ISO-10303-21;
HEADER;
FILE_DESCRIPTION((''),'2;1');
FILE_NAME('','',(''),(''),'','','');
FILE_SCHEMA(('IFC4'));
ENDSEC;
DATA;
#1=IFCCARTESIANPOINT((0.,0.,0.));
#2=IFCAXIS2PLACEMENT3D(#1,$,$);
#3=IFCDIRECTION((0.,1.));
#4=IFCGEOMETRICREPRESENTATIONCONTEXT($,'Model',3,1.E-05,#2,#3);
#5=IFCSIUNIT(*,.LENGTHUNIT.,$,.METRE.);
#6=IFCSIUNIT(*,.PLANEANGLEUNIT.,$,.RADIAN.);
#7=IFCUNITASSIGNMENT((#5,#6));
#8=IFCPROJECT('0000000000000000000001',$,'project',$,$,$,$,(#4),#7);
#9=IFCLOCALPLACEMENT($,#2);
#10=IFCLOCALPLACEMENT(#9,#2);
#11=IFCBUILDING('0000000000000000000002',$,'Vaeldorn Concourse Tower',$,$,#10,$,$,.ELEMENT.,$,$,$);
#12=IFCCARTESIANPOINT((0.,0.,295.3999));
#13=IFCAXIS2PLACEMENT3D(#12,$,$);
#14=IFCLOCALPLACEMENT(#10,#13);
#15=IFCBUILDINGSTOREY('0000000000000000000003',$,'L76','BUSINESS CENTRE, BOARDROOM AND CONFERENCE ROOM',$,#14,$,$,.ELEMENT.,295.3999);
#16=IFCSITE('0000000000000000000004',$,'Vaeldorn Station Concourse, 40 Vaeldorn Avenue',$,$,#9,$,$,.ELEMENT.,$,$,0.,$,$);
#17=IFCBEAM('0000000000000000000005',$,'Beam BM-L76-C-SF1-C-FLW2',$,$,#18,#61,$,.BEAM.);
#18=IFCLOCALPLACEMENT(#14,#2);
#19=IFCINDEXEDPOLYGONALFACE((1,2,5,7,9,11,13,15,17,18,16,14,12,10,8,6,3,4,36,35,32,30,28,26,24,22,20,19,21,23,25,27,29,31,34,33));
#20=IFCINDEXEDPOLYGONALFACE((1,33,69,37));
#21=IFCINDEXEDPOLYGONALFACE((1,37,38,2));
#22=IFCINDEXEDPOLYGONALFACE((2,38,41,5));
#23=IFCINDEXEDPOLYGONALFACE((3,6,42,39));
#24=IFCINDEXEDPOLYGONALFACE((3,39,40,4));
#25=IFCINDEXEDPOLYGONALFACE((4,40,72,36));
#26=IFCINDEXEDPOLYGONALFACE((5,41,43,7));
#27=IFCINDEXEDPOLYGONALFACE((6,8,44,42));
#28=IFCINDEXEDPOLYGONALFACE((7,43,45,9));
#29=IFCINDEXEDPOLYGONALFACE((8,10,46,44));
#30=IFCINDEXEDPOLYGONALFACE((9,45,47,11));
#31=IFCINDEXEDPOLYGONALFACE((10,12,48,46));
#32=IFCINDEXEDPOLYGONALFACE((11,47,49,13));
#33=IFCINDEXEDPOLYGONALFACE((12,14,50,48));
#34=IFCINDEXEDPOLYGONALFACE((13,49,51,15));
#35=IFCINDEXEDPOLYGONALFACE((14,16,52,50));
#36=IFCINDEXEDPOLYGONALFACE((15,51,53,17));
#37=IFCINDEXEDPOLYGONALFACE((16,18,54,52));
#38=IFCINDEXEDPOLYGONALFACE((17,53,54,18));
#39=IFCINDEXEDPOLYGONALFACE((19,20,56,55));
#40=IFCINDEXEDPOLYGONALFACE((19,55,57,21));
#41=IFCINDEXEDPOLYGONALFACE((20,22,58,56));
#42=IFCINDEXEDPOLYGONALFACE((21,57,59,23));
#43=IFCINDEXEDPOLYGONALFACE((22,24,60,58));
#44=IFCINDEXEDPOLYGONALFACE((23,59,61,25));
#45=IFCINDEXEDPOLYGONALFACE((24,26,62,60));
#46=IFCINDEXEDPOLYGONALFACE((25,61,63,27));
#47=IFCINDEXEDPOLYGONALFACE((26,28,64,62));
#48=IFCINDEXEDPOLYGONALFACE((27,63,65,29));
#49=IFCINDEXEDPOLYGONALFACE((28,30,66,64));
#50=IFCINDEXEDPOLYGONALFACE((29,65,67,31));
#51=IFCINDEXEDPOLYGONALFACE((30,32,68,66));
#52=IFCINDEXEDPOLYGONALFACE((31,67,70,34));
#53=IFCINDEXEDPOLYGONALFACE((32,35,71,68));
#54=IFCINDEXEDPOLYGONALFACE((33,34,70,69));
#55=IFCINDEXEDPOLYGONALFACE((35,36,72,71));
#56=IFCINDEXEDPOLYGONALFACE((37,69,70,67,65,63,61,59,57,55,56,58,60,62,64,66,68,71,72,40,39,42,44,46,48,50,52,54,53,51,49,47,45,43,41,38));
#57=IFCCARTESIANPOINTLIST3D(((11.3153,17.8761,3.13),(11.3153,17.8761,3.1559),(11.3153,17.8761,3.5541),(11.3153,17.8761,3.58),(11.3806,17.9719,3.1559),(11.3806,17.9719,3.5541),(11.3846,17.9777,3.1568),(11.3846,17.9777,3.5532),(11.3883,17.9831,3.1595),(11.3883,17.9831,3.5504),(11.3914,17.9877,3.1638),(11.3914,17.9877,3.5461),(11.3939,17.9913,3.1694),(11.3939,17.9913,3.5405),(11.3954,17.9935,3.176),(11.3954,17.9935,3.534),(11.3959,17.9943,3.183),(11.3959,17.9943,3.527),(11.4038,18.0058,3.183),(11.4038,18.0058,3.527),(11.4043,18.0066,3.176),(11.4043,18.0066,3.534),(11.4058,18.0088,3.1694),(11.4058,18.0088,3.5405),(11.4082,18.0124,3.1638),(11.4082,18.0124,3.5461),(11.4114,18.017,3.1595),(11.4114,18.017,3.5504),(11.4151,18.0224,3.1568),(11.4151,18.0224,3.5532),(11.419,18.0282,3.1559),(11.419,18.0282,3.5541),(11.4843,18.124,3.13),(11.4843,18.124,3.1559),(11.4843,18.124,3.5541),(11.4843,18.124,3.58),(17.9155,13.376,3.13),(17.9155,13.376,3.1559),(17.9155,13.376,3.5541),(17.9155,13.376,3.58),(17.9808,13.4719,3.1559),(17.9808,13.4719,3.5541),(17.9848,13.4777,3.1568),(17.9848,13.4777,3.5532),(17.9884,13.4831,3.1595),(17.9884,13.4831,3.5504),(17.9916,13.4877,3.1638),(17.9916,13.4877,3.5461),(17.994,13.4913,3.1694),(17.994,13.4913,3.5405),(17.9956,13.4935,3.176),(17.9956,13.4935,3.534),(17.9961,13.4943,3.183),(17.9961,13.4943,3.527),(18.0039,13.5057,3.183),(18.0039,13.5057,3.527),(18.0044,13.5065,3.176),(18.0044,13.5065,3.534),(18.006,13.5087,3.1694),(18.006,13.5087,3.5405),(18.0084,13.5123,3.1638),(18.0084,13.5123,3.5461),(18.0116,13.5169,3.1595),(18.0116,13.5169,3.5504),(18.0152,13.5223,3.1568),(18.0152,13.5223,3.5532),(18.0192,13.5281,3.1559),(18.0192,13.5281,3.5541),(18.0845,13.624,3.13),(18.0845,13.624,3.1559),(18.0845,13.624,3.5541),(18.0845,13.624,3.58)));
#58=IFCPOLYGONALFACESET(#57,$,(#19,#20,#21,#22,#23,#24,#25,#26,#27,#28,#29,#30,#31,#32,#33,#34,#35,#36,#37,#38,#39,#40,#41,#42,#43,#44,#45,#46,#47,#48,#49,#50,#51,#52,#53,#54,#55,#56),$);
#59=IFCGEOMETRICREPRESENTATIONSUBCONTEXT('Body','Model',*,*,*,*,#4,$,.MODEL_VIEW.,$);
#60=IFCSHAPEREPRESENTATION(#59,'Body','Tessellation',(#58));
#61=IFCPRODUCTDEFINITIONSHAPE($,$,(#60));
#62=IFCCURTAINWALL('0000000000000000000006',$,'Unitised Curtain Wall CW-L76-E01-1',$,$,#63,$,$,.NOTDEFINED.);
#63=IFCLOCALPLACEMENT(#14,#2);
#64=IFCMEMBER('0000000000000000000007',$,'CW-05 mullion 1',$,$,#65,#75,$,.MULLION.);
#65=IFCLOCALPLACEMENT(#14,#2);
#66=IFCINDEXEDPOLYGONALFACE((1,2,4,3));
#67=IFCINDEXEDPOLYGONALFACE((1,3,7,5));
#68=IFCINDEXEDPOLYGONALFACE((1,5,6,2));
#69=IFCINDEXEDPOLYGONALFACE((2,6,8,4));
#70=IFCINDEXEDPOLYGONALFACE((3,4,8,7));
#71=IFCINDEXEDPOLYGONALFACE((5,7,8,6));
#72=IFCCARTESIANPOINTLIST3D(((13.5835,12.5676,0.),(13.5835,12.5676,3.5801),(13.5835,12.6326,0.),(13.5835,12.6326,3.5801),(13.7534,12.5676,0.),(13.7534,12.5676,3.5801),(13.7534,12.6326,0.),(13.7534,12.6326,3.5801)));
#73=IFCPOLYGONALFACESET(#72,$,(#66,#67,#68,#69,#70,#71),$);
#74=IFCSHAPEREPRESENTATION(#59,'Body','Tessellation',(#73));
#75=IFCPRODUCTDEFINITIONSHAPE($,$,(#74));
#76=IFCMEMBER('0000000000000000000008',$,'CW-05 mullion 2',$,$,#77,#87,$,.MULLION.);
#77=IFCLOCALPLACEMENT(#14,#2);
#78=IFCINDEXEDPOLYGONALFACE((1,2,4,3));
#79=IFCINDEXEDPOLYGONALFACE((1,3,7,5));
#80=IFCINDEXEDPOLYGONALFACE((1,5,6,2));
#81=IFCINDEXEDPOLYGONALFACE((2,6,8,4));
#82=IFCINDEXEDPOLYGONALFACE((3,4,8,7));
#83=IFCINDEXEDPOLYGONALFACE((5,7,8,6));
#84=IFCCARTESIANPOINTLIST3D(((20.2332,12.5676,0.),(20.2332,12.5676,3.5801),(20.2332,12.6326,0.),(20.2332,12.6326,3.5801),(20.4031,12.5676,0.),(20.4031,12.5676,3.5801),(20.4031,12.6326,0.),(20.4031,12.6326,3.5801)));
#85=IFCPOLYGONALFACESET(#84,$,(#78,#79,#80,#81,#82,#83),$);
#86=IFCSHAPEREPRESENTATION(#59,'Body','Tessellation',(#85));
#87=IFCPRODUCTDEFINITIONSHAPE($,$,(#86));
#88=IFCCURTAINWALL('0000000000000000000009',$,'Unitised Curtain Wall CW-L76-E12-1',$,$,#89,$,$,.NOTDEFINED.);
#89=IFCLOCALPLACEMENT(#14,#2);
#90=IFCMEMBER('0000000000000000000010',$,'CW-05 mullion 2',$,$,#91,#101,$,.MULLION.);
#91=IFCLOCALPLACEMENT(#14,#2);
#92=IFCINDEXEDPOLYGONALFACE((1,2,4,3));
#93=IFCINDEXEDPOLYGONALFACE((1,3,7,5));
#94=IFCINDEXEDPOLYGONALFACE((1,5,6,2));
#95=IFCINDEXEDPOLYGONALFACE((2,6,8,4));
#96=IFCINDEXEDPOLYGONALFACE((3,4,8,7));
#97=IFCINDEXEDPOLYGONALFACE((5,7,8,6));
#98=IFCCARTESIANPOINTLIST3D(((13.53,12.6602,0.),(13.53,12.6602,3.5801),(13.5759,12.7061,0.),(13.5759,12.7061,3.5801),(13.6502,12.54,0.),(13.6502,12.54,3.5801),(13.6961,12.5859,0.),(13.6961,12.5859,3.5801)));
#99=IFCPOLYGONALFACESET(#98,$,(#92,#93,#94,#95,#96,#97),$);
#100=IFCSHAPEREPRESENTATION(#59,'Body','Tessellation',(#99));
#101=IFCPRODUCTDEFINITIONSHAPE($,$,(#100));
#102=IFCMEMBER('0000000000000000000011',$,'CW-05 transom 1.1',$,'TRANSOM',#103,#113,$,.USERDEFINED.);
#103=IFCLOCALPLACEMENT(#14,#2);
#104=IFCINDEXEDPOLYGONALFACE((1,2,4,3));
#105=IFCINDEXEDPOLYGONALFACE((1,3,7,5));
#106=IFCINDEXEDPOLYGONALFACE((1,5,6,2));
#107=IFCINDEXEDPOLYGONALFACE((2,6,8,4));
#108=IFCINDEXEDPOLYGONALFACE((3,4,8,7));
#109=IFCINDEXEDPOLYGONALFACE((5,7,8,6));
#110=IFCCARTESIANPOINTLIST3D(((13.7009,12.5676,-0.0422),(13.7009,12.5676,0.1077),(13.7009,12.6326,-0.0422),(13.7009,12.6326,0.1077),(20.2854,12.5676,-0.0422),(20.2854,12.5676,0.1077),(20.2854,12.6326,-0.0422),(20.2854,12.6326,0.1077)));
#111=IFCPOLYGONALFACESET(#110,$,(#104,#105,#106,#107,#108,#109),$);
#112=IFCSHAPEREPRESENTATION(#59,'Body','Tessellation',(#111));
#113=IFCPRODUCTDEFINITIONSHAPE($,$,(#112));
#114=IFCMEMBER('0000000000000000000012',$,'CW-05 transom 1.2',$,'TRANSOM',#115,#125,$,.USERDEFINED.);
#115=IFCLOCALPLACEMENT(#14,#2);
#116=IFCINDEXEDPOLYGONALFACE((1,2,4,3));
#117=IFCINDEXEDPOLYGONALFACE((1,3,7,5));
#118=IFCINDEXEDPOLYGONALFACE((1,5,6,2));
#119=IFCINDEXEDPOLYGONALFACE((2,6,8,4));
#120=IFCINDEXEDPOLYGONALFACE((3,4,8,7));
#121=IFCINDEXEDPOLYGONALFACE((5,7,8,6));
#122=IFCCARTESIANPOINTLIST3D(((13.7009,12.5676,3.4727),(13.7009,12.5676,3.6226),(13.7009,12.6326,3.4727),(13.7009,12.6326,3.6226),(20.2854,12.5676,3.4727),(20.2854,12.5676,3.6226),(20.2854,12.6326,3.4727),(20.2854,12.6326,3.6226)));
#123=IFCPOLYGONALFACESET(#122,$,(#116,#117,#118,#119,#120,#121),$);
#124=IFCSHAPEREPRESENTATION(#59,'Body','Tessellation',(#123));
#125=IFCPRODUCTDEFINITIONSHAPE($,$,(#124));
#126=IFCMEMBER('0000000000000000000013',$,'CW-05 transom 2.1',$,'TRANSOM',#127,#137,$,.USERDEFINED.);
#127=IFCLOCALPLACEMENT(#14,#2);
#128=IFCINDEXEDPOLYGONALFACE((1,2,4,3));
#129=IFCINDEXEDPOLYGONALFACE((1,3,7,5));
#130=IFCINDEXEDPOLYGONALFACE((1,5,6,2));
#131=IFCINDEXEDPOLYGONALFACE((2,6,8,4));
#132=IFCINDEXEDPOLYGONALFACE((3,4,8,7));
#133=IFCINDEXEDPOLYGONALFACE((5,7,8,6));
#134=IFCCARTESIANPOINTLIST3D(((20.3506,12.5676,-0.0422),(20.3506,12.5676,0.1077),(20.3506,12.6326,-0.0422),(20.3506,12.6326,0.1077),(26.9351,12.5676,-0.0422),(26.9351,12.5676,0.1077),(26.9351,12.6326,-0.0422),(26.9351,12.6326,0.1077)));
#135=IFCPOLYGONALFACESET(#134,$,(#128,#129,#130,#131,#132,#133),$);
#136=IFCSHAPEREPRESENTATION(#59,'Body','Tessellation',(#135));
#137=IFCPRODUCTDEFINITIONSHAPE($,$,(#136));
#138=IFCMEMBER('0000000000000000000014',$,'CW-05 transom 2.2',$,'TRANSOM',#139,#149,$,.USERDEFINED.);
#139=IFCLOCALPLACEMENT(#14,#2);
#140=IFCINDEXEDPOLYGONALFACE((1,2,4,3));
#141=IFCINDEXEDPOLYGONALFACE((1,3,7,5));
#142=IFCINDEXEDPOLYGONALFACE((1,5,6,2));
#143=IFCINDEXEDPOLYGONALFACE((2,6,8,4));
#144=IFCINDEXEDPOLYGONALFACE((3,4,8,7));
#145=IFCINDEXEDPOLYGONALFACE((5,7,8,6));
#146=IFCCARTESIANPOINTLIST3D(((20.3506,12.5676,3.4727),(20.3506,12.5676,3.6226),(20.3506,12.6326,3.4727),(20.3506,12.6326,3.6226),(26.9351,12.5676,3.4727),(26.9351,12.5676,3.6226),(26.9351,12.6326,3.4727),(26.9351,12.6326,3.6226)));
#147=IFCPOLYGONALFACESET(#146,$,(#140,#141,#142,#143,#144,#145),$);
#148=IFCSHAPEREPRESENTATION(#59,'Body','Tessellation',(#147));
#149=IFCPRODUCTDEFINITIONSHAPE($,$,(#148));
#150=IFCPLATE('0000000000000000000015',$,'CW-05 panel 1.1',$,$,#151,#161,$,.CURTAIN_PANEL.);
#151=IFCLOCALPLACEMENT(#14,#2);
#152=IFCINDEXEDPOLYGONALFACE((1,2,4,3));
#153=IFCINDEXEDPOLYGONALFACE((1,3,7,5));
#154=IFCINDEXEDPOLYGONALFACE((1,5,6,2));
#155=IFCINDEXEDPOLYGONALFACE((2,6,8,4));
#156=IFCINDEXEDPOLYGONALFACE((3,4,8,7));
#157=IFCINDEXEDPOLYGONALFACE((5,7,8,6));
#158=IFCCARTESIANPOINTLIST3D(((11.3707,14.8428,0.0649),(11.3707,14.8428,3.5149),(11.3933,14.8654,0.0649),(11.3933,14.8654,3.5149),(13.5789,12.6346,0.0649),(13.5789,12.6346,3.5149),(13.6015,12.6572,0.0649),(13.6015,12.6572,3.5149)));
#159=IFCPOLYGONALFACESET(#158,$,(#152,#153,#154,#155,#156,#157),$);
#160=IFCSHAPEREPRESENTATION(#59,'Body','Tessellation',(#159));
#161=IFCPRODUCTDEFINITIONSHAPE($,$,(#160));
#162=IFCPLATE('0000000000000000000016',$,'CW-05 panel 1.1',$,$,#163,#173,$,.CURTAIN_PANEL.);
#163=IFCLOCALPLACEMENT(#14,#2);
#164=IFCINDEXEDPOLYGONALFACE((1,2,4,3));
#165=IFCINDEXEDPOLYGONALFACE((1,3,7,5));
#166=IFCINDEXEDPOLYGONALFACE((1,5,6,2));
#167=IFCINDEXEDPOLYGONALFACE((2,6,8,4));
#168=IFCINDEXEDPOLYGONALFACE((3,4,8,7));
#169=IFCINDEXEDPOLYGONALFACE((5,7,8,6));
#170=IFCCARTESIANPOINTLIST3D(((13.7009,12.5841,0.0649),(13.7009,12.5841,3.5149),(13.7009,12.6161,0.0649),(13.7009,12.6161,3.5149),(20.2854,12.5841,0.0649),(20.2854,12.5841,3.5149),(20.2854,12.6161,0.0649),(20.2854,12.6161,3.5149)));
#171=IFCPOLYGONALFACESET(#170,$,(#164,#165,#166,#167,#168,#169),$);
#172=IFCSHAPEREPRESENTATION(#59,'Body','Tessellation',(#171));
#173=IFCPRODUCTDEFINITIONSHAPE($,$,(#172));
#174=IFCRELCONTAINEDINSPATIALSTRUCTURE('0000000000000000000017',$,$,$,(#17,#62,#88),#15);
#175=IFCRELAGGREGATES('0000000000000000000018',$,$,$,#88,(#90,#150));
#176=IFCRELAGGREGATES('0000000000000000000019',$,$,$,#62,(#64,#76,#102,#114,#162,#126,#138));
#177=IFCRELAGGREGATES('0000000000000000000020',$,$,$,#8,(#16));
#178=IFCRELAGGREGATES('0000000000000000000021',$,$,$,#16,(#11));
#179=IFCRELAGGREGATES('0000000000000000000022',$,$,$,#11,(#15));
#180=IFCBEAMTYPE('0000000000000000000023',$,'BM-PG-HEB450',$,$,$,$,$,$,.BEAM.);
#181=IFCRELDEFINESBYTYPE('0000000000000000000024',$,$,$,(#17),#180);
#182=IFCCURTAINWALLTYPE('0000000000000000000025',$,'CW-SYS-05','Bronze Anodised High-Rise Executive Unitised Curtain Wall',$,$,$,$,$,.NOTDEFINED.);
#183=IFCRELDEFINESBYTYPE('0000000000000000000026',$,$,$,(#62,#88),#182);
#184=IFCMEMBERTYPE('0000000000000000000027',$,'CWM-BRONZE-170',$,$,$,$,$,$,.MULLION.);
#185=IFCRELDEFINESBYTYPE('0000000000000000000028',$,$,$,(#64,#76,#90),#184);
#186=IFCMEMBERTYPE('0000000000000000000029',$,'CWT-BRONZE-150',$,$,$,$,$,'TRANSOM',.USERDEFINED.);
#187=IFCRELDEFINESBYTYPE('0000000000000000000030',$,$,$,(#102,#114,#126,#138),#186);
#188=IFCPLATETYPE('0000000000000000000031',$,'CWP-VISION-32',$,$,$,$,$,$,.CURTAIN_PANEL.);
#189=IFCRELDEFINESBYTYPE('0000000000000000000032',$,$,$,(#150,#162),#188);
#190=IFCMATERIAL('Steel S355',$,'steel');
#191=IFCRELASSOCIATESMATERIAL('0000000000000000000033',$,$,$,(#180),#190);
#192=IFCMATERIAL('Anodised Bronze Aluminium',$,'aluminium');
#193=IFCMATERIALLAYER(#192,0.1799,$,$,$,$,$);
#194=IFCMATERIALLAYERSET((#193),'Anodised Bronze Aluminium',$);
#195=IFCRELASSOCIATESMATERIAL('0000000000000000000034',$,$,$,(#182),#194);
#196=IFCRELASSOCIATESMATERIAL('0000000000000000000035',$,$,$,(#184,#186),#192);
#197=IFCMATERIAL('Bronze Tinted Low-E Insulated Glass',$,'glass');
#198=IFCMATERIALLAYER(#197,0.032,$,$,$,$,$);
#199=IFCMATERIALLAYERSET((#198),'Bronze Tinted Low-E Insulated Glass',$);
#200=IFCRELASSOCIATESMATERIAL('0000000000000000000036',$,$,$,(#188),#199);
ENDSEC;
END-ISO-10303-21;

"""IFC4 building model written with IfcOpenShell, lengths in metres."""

from ifc_helpers import new_model, si_unit, direction, frame, origin, origin_2d, place, context, subcontext, project, spatial, rectangle, i_section, extrude, source, transform, mapped, material, layer, layer_set, material_profile, profile_set, type_object, element, aggregate, save


model = new_model("IFC4")

# Units and contexts
model_context = context("Model", 3, precision=1e-05, world=origin(), true_north=direction((0.0, 1.0)))
body_context = subcontext(model_context, "Body", "Model", "MODEL_VIEW")
ifc_project = project(units=[si_unit("LENGTHUNIT", "METRE"), si_unit("PLANEANGLEUNIT", "RADIAN")], contexts=[model_context])

# Site, building, storey
site_placement = place(None, origin())
site = spatial("IfcSite", under=ifc_project, at=site_placement, Name="Vaeldorn Station Concourse, 40 Vaeldorn Avenue", CompositionType="ELEMENT", RefElevation=0.0)
building_placement = place(site_placement, origin())
building = spatial("IfcBuilding", under=site, at=building_placement, Name="Vaeldorn Concourse Tower", CompositionType="ELEMENT")
storey_placement = place(building_placement, frame((0.0, 0.0, 295.3999)))
storey = spatial("IfcBuildingStorey", under=building, at=storey_placement, Name="L76", Description="BUSINESS CENTRE, BOARDROOM AND CONFERENCE ROOM", CompositionType="ELEMENT", Elevation=295.3999)

# Shared definitions
ifc_material_1 = material(Name="Steel S355", Category="steel")

# Beam
ifc_material_profile_1 = material_profile(ifc_material_1, i_section(OverallWidth=0.3, OverallDepth=0.45, WebThickness=0.0139, FlangeThickness=0.0259, FilletRadius=0.0271, at=origin_2d()), Name="HEB 450")
ifc_profile_set_1 = profile_set([ifc_material_profile_1], Name="Steel S355")
beam_type_1 = type_object("IfcBeamType", Name="BM-PG-HEB450", PredefinedType="BEAM", material=ifc_profile_set_1)
shared_shape_1 = source(origin(), body_context, "Body", "SweptSolid", [
    extrude(i_section(OverallWidth=0.3, OverallDepth=0.45, WebThickness=0.0139, FlangeThickness=0.0259, FilletRadius=0.0271, at=origin_2d()), origin(), (0.0, 0.0, 1.0), 7.9883),
])
beam_1_placement = place(storey_placement, frame((18.0, 13.5, 3.355), z_axis=(-0.826231, 0.563331, 0.0), x_axis=(-0.563331, -0.826231, 0.0)))
element("IfcBeam", 1, at=beam_1_placement, inside=storey, type_object=beam_type_1, Name="Beam BM-L76-C-SF1-C-FLW2", PredefinedType="BEAM", context=body_context, shape_type="MappedRepresentation", body=[
    mapped(shared_shape_1, transform((0.0, 0.0, 0.0), scale=1.0)),
])

# Curtain wall, members
ifc_material_2 = material(Name="Anodised Bronze Aluminium", Category="aluminium")
ifc_layer_1 = layer(ifc_material_2, 0.1799)
ifc_layer_set_1 = layer_set([ifc_layer_1], Name="Anodised Bronze Aluminium")
curtain_wall_type = type_object("IfcCurtainWallType", Name="CW-SYS-05", Description="Bronze Anodised High-Rise Executive Unitised Curtain Wall", PredefinedType="NOTDEFINED", material=ifc_layer_set_1)
curtain_wall_1_placement = place(storey_placement, origin())
curtain_wall_1 = element("IfcCurtainWall", 2, at=curtain_wall_1_placement, inside=storey, type_object=curtain_wall_type, Name="Unitised Curtain Wall CW-L76-E01-1", PredefinedType="NOTDEFINED")
ifc_material_profile_2 = material_profile(ifc_material_2, rectangle(XDim=0.0649, YDim=0.1699, at=origin_2d()), Name="CWM 65x170")
ifc_profile_set_2 = profile_set([ifc_material_profile_2], Name="Anodised Bronze Aluminium")
member_type_1 = type_object("IfcMemberType", Name="CWM-BRONZE-170", PredefinedType="MULLION", material=ifc_profile_set_2)
shared_shape_2 = source(origin(), body_context, "Body", "SweptSolid", [
    extrude(rectangle(XDim=0.0649, YDim=0.1699, at=origin_2d()), origin(), (0.0, 0.0, 1.0), 3.5801),
])
member_1_placement = place(storey_placement, frame((13.6685, 12.6001, 0.0), z_axis=(0.0, 0.0, 1.0), x_axis=(0.0, 1.0, 0.0)))
member_1 = element("IfcMember", 3, at=member_1_placement, type_object=member_type_1, Name="CW-05 mullion 1", PredefinedType="MULLION", context=body_context, shape_type="MappedRepresentation", body=[
    mapped(shared_shape_2, transform((0.0, 0.0, 0.0), scale=1.0)),
])
member_2_placement = place(storey_placement, frame((20.3181, 12.6001, 0.0), z_axis=(0.0, 0.0, 1.0), x_axis=(0.0, 1.0, 0.0)))
member_2 = element("IfcMember", 4, at=member_2_placement, type_object=member_type_1, Name="CW-05 mullion 2", PredefinedType="MULLION", context=body_context, shape_type="MappedRepresentation", body=[
    mapped(shared_shape_2, transform((0.0, 0.0, 0.0), scale=1.0)),
])

# Curtain wall, member
curtain_wall_2_placement = place(storey_placement, origin())
curtain_wall_2 = element("IfcCurtainWall", 5, at=curtain_wall_2_placement, inside=storey, type_object=curtain_wall_type, Name="Unitised Curtain Wall CW-L76-E12-1", PredefinedType="NOTDEFINED")
member_3_placement = place(storey_placement, frame((13.613, 12.623, 0.0), z_axis=(0.0, 0.0, 1.0), x_axis=(0.707107, 0.707107, 0.0)))
member_3 = element("IfcMember", 6, at=member_3_placement, type_object=member_type_1, Name="CW-05 mullion 2", PredefinedType="MULLION", context=body_context, shape_type="MappedRepresentation", body=[
    mapped(shared_shape_2, transform((0.0, 0.0, 0.0), scale=1.0)),
])

# Members
ifc_material_profile_3 = material_profile(ifc_material_2, rectangle(XDim=0.0649, YDim=0.1499, at=origin_2d()), Name="CWT 65x150")
ifc_profile_set_3 = profile_set([ifc_material_profile_3], Name="Anodised Bronze Aluminium")
member_type_2 = type_object("IfcMemberType", Name="CWT-BRONZE-150", ElementType="TRANSOM", PredefinedType="USERDEFINED", material=ifc_profile_set_3)
shared_shape_3 = source(origin(), body_context, "Body", "SweptSolid", [
    extrude(rectangle(XDim=0.0649, YDim=0.1499, at=origin_2d()), origin(), (0.0, 0.0, 1.0), 6.5845),
])
member_4_placement = place(storey_placement, frame((13.7009, 12.6001, 0.0327), z_axis=(1.0, 0.0, 0.0), x_axis=(0.0, 1.0, 0.0)))
member_4 = element("IfcMember", 7, at=member_4_placement, type_object=member_type_2, Name="CW-05 transom 1.1", ObjectType="TRANSOM", PredefinedType="USERDEFINED", context=body_context, shape_type="MappedRepresentation", body=[
    mapped(shared_shape_3, transform((0.0, 0.0, 0.0), scale=1.0)),
])
member_5_placement = place(storey_placement, frame((13.7009, 12.6001, 3.5476), z_axis=(1.0, 0.0, 0.0), x_axis=(0.0, 1.0, 0.0)))
member_5 = element("IfcMember", 8, at=member_5_placement, type_object=member_type_2, Name="CW-05 transom 1.2", ObjectType="TRANSOM", PredefinedType="USERDEFINED", context=body_context, shape_type="MappedRepresentation", body=[
    mapped(shared_shape_3, transform((0.0, 0.0, 0.0), scale=1.0)),
])
member_6_placement = place(storey_placement, frame((20.3506, 12.6001, 0.0327), z_axis=(1.0, 0.0, 0.0), x_axis=(0.0, 1.0, 0.0)))
member_6 = element("IfcMember", 9, at=member_6_placement, type_object=member_type_2, Name="CW-05 transom 2.1", ObjectType="TRANSOM", PredefinedType="USERDEFINED", context=body_context, shape_type="MappedRepresentation", body=[
    mapped(shared_shape_3, transform((0.0, 0.0, 0.0), scale=1.0)),
])
member_7_placement = place(storey_placement, frame((20.3506, 12.6001, 3.5476), z_axis=(1.0, 0.0, 0.0), x_axis=(0.0, 1.0, 0.0)))
member_7 = element("IfcMember", 10, at=member_7_placement, type_object=member_type_2, Name="CW-05 transom 2.2", ObjectType="TRANSOM", PredefinedType="USERDEFINED", context=body_context, shape_type="MappedRepresentation", body=[
    mapped(shared_shape_3, transform((0.0, 0.0, 0.0), scale=1.0)),
])

# Plates
ifc_material_3 = material(Name="Bronze Tinted Low-E Insulated Glass", Category="glass")
ifc_layer_2 = layer(ifc_material_3, 0.032)
ifc_layer_set_2 = layer_set([ifc_layer_2], Name="Bronze Tinted Low-E Insulated Glass")
plate_type = type_object("IfcPlateType", Name="CWP-VISION-32", PredefinedType="CURTAIN_PANEL", material=ifc_layer_set_2)
shared_shape_4 = source(origin(), body_context, "Body", "SweptSolid", [
    extrude(rectangle(XDim=3.1228, YDim=0.032, at=origin_2d()), origin(), (0.0, 0.0, 1.0), 3.45),
])
plate_1_placement = place(storey_placement, frame((12.4861, 13.75, 0.0649), z_axis=(0.0, 0.0, 1.0), x_axis=(0.707107, -0.707107, 0.0)))
plate_1 = element("IfcPlate", 11, at=plate_1_placement, type_object=plate_type, Name="CW-05 panel 1.1", PredefinedType="CURTAIN_PANEL", context=body_context, shape_type="MappedRepresentation", body=[
    mapped(shared_shape_4, transform((0.0, 0.0, 0.0), scale=1.0)),
])
aggregate(curtain_wall_2, [member_3, plate_1])
shared_shape_5 = source(origin(), body_context, "Body", "SweptSolid", [
    extrude(rectangle(XDim=6.5845, YDim=0.032, at=origin_2d()), origin(), (0.0, 0.0, 1.0), 3.45),
])
plate_2_placement = place(storey_placement, frame((16.9932, 12.6001, 0.0649), z_axis=(0.0, 0.0, 1.0), x_axis=(1.0, 0.0, 0.0)))
plate_2 = element("IfcPlate", 12, at=plate_2_placement, type_object=plate_type, Name="CW-05 panel 1.1", PredefinedType="CURTAIN_PANEL", context=body_context, shape_type="MappedRepresentation", body=[
    mapped(shared_shape_5, transform((0.0, 0.0, 0.0), scale=1.0)),
])
aggregate(curtain_wall_1, [member_1, member_2, member_4, member_5, plate_2, member_6, member_7])

save(model, "model.ifc")
